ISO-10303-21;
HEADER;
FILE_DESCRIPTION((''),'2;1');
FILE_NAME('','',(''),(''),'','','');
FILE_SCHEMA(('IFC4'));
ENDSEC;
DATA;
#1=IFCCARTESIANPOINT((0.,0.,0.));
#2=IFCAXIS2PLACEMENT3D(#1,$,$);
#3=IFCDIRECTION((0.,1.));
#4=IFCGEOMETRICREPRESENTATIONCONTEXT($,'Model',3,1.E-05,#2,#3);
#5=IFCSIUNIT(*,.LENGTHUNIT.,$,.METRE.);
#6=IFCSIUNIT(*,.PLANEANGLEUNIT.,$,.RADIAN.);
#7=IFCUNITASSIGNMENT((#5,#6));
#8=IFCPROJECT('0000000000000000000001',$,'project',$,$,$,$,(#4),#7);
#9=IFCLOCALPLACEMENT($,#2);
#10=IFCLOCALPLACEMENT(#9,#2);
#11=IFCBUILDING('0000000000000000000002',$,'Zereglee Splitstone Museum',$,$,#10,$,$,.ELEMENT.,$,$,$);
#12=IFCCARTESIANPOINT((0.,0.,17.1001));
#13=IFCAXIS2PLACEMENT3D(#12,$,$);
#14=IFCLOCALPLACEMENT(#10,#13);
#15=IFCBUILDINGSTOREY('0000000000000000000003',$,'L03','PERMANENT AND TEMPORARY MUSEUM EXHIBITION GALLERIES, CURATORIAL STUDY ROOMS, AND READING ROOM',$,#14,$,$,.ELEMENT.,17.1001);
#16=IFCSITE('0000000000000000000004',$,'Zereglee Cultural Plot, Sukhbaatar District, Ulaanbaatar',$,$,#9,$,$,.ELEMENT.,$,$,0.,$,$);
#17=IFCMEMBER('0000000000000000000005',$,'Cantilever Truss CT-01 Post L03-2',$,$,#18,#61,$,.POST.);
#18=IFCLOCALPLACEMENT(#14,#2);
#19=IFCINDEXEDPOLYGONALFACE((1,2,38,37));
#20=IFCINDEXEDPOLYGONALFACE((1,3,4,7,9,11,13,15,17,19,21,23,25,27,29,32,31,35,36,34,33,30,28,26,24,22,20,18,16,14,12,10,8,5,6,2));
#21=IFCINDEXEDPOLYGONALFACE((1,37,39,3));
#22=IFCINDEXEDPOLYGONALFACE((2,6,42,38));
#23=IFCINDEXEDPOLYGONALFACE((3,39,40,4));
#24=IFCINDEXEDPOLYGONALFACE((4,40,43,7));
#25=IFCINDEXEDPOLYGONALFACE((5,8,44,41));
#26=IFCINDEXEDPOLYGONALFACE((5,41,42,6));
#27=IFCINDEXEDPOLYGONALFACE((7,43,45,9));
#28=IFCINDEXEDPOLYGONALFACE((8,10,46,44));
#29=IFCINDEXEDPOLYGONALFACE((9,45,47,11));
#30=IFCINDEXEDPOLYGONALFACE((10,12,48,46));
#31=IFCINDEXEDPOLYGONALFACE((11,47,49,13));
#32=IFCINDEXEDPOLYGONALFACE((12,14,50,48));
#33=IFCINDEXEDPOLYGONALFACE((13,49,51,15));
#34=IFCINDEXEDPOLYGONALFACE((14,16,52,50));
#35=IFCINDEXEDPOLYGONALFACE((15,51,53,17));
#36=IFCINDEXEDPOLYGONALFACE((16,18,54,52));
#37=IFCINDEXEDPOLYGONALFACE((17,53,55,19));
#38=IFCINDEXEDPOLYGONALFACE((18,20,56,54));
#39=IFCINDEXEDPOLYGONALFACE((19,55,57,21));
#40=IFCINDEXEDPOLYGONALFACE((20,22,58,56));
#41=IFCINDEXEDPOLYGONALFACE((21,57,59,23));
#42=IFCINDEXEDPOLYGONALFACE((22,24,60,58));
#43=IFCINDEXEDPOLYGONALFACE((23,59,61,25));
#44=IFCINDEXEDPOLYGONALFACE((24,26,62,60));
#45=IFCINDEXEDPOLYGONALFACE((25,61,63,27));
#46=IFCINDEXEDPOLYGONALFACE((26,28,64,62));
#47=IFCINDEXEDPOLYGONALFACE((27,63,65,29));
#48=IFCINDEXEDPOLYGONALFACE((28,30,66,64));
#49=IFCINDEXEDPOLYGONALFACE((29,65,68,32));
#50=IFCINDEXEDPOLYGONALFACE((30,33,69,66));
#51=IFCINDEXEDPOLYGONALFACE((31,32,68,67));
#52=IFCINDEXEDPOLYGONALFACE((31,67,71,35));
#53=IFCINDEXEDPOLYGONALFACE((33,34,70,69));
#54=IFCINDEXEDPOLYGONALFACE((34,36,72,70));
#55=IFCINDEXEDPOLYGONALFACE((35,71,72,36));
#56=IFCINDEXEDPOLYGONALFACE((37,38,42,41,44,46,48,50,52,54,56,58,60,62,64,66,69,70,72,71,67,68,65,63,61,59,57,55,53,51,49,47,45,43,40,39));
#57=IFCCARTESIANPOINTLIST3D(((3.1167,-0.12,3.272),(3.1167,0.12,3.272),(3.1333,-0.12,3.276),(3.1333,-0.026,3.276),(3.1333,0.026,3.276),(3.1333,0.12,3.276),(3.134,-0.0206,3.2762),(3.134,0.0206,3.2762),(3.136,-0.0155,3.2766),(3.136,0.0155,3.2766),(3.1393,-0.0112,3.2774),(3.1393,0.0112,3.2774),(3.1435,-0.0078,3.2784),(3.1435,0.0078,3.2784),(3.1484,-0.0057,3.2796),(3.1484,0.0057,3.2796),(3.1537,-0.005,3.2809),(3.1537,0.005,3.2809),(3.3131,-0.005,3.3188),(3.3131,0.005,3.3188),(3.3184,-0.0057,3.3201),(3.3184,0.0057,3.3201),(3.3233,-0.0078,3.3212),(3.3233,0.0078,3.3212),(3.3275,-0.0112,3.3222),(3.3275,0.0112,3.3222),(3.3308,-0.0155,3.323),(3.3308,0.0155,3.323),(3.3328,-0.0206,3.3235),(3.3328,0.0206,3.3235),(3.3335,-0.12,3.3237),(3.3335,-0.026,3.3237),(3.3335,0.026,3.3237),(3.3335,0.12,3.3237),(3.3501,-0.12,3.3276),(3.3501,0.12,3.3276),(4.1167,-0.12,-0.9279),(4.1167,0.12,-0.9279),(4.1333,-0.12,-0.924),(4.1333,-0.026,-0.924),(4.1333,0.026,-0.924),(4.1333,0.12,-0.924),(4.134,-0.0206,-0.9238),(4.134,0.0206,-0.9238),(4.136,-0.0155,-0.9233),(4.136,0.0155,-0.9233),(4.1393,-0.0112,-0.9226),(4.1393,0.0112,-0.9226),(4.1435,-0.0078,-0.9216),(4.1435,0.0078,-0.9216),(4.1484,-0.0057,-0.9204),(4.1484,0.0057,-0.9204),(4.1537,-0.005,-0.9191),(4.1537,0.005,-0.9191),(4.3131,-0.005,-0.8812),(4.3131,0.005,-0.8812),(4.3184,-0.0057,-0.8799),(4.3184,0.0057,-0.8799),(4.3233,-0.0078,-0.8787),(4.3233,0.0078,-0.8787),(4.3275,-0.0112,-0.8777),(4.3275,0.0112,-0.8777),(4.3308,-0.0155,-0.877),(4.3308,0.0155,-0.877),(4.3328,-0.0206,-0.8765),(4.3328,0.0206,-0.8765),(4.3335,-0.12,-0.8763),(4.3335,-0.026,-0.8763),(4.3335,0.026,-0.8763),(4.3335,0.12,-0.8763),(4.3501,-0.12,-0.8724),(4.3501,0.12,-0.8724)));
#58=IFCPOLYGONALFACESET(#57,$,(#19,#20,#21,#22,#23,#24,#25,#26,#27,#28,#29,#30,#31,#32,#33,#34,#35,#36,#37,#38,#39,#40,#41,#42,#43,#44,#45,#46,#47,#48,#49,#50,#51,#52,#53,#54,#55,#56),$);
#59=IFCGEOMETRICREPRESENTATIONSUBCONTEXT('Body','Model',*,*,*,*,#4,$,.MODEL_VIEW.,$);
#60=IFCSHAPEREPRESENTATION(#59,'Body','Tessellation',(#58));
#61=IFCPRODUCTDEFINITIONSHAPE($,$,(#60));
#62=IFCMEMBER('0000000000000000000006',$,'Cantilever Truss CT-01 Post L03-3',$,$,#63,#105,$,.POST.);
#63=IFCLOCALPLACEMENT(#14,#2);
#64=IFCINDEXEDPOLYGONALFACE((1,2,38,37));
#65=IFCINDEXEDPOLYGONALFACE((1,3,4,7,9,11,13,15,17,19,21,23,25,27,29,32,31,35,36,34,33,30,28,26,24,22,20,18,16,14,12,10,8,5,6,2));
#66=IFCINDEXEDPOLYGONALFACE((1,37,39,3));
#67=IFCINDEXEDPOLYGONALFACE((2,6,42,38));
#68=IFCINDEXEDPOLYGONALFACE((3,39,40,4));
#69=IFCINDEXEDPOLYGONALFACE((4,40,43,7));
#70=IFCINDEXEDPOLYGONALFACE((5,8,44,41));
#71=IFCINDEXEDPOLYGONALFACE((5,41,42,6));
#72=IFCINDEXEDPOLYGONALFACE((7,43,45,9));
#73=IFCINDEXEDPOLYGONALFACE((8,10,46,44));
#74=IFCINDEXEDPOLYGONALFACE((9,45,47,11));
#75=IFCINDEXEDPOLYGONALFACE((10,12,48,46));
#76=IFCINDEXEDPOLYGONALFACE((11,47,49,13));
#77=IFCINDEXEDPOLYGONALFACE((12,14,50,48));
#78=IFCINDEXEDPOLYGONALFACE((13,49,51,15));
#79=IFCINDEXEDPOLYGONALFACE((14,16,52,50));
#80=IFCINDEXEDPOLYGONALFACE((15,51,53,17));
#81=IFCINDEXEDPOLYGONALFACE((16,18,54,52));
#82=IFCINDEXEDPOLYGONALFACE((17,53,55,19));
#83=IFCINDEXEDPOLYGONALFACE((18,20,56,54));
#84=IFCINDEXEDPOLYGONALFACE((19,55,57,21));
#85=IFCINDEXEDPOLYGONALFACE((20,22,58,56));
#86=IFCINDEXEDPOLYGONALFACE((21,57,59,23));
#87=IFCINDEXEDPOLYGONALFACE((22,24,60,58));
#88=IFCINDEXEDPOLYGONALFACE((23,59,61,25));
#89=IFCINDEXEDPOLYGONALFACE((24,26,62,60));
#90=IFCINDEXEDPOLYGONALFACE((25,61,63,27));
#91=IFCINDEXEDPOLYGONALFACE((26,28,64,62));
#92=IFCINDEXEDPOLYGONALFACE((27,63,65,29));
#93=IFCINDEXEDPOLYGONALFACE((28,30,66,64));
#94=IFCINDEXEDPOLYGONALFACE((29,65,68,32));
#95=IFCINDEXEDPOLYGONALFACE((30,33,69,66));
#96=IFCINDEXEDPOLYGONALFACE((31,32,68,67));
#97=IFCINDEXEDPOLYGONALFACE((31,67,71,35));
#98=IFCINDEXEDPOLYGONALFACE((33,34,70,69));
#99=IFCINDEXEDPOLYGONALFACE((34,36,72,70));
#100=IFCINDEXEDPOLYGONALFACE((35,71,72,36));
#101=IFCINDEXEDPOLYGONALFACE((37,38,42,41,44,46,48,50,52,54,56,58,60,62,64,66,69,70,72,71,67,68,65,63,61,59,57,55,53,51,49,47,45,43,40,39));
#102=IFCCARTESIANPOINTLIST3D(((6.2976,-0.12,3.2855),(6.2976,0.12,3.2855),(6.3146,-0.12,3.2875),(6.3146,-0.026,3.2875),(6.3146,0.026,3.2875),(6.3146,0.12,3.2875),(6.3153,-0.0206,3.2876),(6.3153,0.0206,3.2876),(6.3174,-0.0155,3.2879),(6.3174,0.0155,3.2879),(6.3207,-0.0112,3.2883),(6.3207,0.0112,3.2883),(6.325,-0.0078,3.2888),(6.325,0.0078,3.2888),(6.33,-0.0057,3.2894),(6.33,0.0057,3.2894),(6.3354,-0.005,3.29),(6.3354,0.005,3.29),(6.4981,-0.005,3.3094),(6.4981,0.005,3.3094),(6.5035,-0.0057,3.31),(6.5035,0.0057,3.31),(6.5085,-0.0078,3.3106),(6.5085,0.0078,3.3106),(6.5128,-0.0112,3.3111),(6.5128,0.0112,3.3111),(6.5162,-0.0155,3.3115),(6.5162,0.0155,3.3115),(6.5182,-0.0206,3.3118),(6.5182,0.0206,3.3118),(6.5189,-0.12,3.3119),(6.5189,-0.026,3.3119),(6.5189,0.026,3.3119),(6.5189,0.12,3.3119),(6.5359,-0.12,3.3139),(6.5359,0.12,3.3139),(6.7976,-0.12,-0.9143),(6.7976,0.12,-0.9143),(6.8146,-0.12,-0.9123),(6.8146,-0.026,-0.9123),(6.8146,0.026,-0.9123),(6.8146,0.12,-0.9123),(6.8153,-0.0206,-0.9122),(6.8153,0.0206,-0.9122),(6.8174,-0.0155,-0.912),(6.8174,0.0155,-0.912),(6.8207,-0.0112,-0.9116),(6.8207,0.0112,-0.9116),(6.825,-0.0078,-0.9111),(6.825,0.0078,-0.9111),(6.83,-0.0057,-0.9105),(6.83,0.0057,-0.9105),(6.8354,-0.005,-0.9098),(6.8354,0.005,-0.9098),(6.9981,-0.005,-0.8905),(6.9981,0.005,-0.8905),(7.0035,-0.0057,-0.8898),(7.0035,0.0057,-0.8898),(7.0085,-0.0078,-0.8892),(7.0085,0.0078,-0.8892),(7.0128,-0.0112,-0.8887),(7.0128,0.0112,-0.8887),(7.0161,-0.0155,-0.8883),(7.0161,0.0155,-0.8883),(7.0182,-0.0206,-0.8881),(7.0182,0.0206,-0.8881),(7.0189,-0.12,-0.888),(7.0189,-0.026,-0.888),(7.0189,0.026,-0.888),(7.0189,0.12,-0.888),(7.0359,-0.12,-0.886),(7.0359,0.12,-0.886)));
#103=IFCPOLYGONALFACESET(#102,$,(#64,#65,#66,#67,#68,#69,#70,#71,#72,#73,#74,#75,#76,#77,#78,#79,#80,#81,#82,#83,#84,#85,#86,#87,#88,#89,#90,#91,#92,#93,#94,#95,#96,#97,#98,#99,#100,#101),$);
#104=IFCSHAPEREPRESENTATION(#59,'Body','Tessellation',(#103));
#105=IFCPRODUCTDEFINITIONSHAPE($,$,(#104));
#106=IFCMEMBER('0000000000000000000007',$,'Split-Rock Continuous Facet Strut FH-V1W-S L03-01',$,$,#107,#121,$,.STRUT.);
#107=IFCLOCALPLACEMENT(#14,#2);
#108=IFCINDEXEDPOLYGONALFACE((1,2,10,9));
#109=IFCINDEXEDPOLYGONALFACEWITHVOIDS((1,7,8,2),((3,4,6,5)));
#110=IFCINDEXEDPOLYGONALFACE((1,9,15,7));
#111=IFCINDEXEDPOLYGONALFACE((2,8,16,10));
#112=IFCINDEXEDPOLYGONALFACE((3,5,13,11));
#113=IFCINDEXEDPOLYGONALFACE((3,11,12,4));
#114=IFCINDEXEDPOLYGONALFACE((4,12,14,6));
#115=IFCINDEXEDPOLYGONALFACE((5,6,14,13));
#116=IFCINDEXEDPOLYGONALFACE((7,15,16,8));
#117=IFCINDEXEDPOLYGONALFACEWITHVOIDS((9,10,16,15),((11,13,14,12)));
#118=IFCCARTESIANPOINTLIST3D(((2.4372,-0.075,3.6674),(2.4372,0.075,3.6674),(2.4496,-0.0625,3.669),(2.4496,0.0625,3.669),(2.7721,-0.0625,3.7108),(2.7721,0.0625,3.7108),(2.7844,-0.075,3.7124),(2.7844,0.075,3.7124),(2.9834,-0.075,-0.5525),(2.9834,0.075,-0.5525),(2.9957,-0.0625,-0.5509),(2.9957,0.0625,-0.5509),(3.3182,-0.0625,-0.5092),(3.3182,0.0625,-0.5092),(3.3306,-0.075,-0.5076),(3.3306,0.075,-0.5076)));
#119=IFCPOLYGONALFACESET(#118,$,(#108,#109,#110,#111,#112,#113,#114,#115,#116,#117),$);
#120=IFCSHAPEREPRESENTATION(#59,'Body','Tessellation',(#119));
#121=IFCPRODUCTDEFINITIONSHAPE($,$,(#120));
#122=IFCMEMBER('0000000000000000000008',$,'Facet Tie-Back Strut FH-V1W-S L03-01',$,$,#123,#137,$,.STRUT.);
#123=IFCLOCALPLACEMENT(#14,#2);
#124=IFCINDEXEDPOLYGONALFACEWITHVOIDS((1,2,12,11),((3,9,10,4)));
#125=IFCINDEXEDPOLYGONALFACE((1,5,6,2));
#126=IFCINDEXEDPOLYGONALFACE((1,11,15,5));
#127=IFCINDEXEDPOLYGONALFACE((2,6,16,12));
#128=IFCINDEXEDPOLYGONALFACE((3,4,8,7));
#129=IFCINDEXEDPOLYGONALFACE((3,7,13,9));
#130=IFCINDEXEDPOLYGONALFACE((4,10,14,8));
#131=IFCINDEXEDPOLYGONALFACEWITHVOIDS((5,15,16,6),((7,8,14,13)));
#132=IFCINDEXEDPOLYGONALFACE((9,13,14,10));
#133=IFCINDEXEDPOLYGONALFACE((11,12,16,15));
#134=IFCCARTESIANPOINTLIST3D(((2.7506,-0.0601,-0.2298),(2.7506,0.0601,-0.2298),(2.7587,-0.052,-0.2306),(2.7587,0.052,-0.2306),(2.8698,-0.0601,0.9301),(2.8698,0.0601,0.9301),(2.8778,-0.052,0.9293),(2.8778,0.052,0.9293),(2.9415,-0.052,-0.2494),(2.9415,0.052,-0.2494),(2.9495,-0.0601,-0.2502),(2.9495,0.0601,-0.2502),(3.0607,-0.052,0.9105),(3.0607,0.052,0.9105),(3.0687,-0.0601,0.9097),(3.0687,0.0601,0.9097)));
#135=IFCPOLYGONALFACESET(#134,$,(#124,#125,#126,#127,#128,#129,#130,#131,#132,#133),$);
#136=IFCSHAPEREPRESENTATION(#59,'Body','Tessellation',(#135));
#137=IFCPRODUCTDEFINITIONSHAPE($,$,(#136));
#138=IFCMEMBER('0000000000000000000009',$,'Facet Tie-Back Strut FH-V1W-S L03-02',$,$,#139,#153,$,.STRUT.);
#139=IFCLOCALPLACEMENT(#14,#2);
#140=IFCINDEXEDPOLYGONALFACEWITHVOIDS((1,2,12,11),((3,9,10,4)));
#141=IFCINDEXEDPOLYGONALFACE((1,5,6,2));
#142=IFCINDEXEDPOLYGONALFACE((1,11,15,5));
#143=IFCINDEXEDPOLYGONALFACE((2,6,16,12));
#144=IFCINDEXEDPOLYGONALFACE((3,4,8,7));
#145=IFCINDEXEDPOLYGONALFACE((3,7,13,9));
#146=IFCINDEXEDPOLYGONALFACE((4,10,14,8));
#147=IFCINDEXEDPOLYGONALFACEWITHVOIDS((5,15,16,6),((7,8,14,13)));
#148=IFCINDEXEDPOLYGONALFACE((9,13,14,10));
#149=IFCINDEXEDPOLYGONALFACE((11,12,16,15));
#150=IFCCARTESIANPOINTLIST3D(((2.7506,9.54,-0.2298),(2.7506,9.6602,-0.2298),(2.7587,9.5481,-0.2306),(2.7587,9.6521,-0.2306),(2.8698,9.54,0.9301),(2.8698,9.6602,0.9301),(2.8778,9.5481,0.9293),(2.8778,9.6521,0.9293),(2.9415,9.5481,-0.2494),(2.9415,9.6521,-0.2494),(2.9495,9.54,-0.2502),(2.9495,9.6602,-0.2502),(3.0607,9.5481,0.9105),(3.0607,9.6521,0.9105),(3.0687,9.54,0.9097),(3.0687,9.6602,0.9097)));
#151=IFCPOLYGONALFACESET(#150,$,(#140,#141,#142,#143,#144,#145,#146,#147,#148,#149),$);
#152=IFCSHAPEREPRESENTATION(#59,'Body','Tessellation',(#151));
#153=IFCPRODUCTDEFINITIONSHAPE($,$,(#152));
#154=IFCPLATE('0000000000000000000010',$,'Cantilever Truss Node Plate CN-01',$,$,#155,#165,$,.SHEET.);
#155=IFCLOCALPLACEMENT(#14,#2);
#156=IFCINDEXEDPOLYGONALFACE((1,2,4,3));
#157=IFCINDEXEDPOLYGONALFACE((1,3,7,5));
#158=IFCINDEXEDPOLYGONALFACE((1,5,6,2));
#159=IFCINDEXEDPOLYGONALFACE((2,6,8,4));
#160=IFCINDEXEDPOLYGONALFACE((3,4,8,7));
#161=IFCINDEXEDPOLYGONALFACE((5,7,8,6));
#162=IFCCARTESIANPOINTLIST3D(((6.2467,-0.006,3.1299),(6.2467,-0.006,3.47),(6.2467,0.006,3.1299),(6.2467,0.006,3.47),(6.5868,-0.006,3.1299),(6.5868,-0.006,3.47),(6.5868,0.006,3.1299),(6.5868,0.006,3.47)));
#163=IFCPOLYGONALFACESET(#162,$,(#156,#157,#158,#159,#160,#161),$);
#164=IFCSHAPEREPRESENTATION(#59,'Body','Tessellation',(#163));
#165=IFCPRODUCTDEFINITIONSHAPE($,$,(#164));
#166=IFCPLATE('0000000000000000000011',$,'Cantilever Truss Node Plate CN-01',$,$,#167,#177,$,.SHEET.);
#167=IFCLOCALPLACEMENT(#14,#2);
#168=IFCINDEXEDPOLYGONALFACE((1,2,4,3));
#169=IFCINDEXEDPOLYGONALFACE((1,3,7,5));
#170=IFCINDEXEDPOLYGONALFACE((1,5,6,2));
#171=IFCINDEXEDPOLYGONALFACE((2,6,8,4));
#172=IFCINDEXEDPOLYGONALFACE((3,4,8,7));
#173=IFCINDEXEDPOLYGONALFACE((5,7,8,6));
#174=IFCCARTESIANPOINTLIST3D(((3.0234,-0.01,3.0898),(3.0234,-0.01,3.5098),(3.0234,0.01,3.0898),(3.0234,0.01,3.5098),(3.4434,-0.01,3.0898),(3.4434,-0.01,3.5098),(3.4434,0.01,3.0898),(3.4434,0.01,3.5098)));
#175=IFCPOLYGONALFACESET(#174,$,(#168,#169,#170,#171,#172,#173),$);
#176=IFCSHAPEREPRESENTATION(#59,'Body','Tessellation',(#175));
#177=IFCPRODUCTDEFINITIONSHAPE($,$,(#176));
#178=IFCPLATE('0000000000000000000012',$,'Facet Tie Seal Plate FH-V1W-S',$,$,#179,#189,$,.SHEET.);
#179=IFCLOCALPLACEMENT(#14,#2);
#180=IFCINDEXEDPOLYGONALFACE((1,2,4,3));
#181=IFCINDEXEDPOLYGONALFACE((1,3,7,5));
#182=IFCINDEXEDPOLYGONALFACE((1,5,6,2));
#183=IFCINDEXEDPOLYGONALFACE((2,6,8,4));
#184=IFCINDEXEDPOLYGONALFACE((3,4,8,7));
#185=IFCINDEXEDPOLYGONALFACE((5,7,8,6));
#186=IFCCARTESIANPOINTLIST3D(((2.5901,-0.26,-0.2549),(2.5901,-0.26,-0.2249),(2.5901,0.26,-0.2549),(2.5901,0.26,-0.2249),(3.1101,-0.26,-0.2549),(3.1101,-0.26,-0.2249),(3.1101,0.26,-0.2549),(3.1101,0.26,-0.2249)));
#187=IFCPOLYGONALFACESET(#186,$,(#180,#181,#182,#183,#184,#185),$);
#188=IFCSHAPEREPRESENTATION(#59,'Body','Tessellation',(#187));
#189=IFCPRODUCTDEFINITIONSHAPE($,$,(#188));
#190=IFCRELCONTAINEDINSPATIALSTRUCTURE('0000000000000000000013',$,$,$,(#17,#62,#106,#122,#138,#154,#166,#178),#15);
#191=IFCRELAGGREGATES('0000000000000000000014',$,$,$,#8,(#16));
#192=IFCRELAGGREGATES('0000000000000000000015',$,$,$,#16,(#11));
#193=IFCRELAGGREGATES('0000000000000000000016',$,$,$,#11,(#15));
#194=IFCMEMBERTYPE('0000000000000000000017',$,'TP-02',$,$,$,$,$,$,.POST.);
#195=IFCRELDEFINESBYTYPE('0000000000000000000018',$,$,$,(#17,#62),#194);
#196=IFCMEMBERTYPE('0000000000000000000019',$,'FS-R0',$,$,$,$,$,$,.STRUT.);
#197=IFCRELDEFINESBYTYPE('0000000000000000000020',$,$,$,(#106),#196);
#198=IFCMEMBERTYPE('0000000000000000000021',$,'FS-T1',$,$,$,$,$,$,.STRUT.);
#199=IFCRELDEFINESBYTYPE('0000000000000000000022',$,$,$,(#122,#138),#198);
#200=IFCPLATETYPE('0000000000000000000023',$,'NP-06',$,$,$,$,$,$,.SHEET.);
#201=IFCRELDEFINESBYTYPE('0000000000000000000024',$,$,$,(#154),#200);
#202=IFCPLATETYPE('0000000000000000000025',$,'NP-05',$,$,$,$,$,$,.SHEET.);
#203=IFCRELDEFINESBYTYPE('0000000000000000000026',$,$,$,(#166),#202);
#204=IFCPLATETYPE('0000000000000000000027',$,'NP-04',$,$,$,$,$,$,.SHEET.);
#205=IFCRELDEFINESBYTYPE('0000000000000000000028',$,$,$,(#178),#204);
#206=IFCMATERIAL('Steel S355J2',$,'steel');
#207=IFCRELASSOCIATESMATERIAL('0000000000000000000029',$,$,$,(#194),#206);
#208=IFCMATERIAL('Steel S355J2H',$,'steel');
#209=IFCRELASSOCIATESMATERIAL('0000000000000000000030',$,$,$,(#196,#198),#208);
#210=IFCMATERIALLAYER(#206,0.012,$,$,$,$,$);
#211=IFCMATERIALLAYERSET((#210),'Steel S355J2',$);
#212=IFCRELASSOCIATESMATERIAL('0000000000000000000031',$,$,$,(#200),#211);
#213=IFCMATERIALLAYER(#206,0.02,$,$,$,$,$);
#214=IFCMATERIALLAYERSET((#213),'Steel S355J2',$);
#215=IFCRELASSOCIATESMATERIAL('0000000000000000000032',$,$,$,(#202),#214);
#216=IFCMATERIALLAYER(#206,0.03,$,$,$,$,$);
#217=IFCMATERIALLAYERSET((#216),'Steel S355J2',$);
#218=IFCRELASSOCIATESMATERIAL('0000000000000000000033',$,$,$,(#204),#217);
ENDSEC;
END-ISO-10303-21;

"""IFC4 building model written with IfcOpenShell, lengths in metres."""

from ifc_helpers import new_model, si_unit, direction, frame, origin, origin_2d, place, context, subcontext, project, spatial, rectangle, hollow_rectangle, i_section, extrude, material, layer, layer_set, material_profile, profile_set, type_object, element, save


model = new_model("IFC4")

# Units and contexts
model_context = context("Model", 3, precision=1e-05, world=origin(), true_north=direction((0.0, 1.0)))
body_context = subcontext(model_context, "Body", "Model", "MODEL_VIEW")
ifc_project = project(units=[si_unit("LENGTHUNIT", "METRE"), si_unit("PLANEANGLEUNIT", "RADIAN")], contexts=[model_context])

# Site, building, storey
site_placement = place(None, origin())
site = spatial("IfcSite", under=ifc_project, at=site_placement, Name="Zereglee Cultural Plot, Sukhbaatar District, Ulaanbaatar", CompositionType="ELEMENT", RefElevation=0.0)
building_placement = place(site_placement, origin())
building = spatial("IfcBuilding", under=site, at=building_placement, Name="Zereglee Splitstone Museum", CompositionType="ELEMENT")
storey_placement = place(building_placement, frame((0.0, 0.0, 17.1001)))
storey = spatial("IfcBuildingStorey", under=building, at=storey_placement, Name="L03", Description="PERMANENT AND TEMPORARY MUSEUM EXHIBITION GALLERIES, CURATORIAL STUDY ROOMS, AND READING ROOM", CompositionType="ELEMENT", Elevation=17.1001)

# Shared definitions
ifc_material_1 = material(Name="Steel S355J2H", Category="steel")
ifc_material_2 = material(Name="Steel S355J2", Category="steel")

# Members
ifc_material_profile_1 = material_profile(ifc_material_2, i_section(OverallWidth=0.24, OverallDepth=0.24, WebThickness=0.01, FlangeThickness=0.0171, FilletRadius=0.021, at=origin_2d()), Name="HE 240 B")
ifc_profile_set_1 = profile_set([ifc_material_profile_1], Name="Steel S355J2")
member_type_1 = type_object("IfcMemberType", Name="TP-02", PredefinedType="POST", material=ifc_profile_set_1)
member_1_placement = place(storey_placement, frame((4.2334, 0.0, -0.9001), z_axis=(-0.231623, 0.0, 0.972806), x_axis=(0.0, -1.0, 0.0)))
element("IfcMember", 1, at=member_1_placement, inside=storey, type_object=member_type_1, Name="Cantilever Truss CT-01 Post L03-2", PredefinedType="POST", context=body_context, shape_type="SweptSolid", body=[
    extrude(i_section(OverallWidth=0.24, OverallDepth=0.24, WebThickness=0.01, FlangeThickness=0.0171, FilletRadius=0.021, at=origin_2d()), origin(), (0.0, 0.0, 1.0), 4.3174),
])
member_2_placement = place(storey_placement, frame((6.9167, 0.0, -0.9001), z_axis=(-0.118214, 0.0, 0.992988), x_axis=(0.0, -1.0, 0.0)))
element("IfcMember", 2, at=member_2_placement, inside=storey, type_object=member_type_1, Name="Cantilever Truss CT-01 Post L03-3", PredefinedType="POST", context=body_context, shape_type="SweptSolid", body=[
    extrude(i_section(OverallWidth=0.24, OverallDepth=0.24, WebThickness=0.01, FlangeThickness=0.0171, FilletRadius=0.021, at=origin_2d()), origin(), (0.0, 0.0, 1.0), 4.2295),
])
ifc_material_profile_2 = material_profile(ifc_material_1, hollow_rectangle(XDim=0.1499, YDim=0.3501, WallThickness=0.0125, at=origin_2d()), Name="RHS 350x150x12.5")
ifc_profile_set_2 = profile_set([ifc_material_profile_2], Name="Steel S355J2H")
member_type_2 = type_object("IfcMemberType", Name="FS-R0", PredefinedType="STRUT", material=ifc_profile_set_2)
member_3_placement = place(storey_placement, frame((3.157, 0.0, -0.53), z_axis=(-0.128348, 0.0, 0.991729), x_axis=(0.0, -1.0, 0.0)))
element("IfcMember", 3, at=member_3_placement, inside=storey, type_object=member_type_2, Name="Split-Rock Continuous Facet Strut FH-V1W-S L03-01", PredefinedType="STRUT", context=body_context, shape_type="SweptSolid", body=[
    extrude(hollow_rectangle(XDim=0.1499, YDim=0.3501, WallThickness=0.0125, at=origin_2d()), origin(), (0.0, 0.0, 1.0), 4.2551),
])
ifc_material_profile_3 = material_profile(ifc_material_1, hollow_rectangle(XDim=0.1201, YDim=0.2, WallThickness=0.0081, at=origin_2d()), Name="RHS 200x120x8")
ifc_profile_set_3 = profile_set([ifc_material_profile_3], Name="Steel S355J2H")
member_type_3 = type_object("IfcMemberType", Name="FS-T1", PredefinedType="STRUT", material=ifc_profile_set_3)
for number, where, z_axis, x_axis, name in (
    (4, (2.8501, 0.0, -0.24), (0.102178, 0.0, 0.994766), (0.0, 1.0, 0.0), "Facet Tie-Back Strut FH-V1W-S L03-01"),
    (5, (2.8501, 9.6001, -0.24), (0.102178, 0.0, 0.994766), (0.0, 1.0, 0.0), "Facet Tie-Back Strut FH-V1W-S L03-02"),
):
    element("IfcMember", number, at=place(storey_placement, frame(where, z_axis=z_axis, x_axis=x_axis)), inside=storey, type_object=member_type_3, Name=name, PredefinedType="STRUT", context=body_context, shape_type="SweptSolid", body=[
        extrude(hollow_rectangle(XDim=0.1201, YDim=0.2, WallThickness=0.0081, at=origin_2d()), origin(), (0.0, 0.0, 1.0), 1.166),
    ])

# Plates
ifc_layer_1 = layer(ifc_material_2, 0.012)
ifc_layer_set_1 = layer_set([ifc_layer_1], Name="Steel S355J2")
plate_type_1 = type_object("IfcPlateType", Name="NP-06", PredefinedType="SHEET", material=ifc_layer_set_1)
plate_1_placement = place(storey_placement, frame((6.4167, 0.0, 3.1299), z_axis=(0.0, 0.0, 1.0), x_axis=(1.0, 0.0, 0.0)))
element("IfcPlate", 6, at=plate_1_placement, inside=storey, type_object=plate_type_1, Name="Cantilever Truss Node Plate CN-01", PredefinedType="SHEET", context=body_context, shape_type="SweptSolid", body=[
    extrude(rectangle(XDim=0.3401, YDim=0.012, at=origin_2d()), origin(), (0.0, 0.0, 1.0), 0.3401),
])
ifc_layer_2 = layer(ifc_material_2, 0.02)
ifc_layer_set_2 = layer_set([ifc_layer_2], Name="Steel S355J2")
plate_type_2 = type_object("IfcPlateType", Name="NP-05", PredefinedType="SHEET", material=ifc_layer_set_2)
plate_2_placement = place(storey_placement, frame((3.2334, 0.0, 3.0898), z_axis=(0.0, 0.0, 1.0), x_axis=(1.0, 0.0, 0.0)))
element("IfcPlate", 7, at=plate_2_placement, inside=storey, type_object=plate_type_2, Name="Cantilever Truss Node Plate CN-01", PredefinedType="SHEET", context=body_context, shape_type="SweptSolid", body=[
    extrude(rectangle(XDim=0.4199, YDim=0.02, at=origin_2d()), origin(), (0.0, 0.0, 1.0), 0.4199),
])
ifc_layer_3 = layer(ifc_material_2, 0.03)
ifc_layer_set_3 = layer_set([ifc_layer_3], Name="Steel S355J2")
plate_type_3 = type_object("IfcPlateType", Name="NP-04", PredefinedType="SHEET", material=ifc_layer_set_3)
plate_3_placement = place(storey_placement, frame((2.8501, 0.0, -0.2549), z_axis=(0.0, 0.0, 1.0), x_axis=(1.0, 0.0, 0.0)))
element("IfcPlate", 8, at=plate_3_placement, inside=storey, type_object=plate_type_3, Name="Facet Tie Seal Plate FH-V1W-S", PredefinedType="SHEET", context=body_context, shape_type="SweptSolid", body=[
    extrude(rectangle(XDim=0.52, YDim=0.52, at=origin_2d()), origin(), (0.0, 0.0, 1.0), 0.03),
])

save(model, "model.ifc")
